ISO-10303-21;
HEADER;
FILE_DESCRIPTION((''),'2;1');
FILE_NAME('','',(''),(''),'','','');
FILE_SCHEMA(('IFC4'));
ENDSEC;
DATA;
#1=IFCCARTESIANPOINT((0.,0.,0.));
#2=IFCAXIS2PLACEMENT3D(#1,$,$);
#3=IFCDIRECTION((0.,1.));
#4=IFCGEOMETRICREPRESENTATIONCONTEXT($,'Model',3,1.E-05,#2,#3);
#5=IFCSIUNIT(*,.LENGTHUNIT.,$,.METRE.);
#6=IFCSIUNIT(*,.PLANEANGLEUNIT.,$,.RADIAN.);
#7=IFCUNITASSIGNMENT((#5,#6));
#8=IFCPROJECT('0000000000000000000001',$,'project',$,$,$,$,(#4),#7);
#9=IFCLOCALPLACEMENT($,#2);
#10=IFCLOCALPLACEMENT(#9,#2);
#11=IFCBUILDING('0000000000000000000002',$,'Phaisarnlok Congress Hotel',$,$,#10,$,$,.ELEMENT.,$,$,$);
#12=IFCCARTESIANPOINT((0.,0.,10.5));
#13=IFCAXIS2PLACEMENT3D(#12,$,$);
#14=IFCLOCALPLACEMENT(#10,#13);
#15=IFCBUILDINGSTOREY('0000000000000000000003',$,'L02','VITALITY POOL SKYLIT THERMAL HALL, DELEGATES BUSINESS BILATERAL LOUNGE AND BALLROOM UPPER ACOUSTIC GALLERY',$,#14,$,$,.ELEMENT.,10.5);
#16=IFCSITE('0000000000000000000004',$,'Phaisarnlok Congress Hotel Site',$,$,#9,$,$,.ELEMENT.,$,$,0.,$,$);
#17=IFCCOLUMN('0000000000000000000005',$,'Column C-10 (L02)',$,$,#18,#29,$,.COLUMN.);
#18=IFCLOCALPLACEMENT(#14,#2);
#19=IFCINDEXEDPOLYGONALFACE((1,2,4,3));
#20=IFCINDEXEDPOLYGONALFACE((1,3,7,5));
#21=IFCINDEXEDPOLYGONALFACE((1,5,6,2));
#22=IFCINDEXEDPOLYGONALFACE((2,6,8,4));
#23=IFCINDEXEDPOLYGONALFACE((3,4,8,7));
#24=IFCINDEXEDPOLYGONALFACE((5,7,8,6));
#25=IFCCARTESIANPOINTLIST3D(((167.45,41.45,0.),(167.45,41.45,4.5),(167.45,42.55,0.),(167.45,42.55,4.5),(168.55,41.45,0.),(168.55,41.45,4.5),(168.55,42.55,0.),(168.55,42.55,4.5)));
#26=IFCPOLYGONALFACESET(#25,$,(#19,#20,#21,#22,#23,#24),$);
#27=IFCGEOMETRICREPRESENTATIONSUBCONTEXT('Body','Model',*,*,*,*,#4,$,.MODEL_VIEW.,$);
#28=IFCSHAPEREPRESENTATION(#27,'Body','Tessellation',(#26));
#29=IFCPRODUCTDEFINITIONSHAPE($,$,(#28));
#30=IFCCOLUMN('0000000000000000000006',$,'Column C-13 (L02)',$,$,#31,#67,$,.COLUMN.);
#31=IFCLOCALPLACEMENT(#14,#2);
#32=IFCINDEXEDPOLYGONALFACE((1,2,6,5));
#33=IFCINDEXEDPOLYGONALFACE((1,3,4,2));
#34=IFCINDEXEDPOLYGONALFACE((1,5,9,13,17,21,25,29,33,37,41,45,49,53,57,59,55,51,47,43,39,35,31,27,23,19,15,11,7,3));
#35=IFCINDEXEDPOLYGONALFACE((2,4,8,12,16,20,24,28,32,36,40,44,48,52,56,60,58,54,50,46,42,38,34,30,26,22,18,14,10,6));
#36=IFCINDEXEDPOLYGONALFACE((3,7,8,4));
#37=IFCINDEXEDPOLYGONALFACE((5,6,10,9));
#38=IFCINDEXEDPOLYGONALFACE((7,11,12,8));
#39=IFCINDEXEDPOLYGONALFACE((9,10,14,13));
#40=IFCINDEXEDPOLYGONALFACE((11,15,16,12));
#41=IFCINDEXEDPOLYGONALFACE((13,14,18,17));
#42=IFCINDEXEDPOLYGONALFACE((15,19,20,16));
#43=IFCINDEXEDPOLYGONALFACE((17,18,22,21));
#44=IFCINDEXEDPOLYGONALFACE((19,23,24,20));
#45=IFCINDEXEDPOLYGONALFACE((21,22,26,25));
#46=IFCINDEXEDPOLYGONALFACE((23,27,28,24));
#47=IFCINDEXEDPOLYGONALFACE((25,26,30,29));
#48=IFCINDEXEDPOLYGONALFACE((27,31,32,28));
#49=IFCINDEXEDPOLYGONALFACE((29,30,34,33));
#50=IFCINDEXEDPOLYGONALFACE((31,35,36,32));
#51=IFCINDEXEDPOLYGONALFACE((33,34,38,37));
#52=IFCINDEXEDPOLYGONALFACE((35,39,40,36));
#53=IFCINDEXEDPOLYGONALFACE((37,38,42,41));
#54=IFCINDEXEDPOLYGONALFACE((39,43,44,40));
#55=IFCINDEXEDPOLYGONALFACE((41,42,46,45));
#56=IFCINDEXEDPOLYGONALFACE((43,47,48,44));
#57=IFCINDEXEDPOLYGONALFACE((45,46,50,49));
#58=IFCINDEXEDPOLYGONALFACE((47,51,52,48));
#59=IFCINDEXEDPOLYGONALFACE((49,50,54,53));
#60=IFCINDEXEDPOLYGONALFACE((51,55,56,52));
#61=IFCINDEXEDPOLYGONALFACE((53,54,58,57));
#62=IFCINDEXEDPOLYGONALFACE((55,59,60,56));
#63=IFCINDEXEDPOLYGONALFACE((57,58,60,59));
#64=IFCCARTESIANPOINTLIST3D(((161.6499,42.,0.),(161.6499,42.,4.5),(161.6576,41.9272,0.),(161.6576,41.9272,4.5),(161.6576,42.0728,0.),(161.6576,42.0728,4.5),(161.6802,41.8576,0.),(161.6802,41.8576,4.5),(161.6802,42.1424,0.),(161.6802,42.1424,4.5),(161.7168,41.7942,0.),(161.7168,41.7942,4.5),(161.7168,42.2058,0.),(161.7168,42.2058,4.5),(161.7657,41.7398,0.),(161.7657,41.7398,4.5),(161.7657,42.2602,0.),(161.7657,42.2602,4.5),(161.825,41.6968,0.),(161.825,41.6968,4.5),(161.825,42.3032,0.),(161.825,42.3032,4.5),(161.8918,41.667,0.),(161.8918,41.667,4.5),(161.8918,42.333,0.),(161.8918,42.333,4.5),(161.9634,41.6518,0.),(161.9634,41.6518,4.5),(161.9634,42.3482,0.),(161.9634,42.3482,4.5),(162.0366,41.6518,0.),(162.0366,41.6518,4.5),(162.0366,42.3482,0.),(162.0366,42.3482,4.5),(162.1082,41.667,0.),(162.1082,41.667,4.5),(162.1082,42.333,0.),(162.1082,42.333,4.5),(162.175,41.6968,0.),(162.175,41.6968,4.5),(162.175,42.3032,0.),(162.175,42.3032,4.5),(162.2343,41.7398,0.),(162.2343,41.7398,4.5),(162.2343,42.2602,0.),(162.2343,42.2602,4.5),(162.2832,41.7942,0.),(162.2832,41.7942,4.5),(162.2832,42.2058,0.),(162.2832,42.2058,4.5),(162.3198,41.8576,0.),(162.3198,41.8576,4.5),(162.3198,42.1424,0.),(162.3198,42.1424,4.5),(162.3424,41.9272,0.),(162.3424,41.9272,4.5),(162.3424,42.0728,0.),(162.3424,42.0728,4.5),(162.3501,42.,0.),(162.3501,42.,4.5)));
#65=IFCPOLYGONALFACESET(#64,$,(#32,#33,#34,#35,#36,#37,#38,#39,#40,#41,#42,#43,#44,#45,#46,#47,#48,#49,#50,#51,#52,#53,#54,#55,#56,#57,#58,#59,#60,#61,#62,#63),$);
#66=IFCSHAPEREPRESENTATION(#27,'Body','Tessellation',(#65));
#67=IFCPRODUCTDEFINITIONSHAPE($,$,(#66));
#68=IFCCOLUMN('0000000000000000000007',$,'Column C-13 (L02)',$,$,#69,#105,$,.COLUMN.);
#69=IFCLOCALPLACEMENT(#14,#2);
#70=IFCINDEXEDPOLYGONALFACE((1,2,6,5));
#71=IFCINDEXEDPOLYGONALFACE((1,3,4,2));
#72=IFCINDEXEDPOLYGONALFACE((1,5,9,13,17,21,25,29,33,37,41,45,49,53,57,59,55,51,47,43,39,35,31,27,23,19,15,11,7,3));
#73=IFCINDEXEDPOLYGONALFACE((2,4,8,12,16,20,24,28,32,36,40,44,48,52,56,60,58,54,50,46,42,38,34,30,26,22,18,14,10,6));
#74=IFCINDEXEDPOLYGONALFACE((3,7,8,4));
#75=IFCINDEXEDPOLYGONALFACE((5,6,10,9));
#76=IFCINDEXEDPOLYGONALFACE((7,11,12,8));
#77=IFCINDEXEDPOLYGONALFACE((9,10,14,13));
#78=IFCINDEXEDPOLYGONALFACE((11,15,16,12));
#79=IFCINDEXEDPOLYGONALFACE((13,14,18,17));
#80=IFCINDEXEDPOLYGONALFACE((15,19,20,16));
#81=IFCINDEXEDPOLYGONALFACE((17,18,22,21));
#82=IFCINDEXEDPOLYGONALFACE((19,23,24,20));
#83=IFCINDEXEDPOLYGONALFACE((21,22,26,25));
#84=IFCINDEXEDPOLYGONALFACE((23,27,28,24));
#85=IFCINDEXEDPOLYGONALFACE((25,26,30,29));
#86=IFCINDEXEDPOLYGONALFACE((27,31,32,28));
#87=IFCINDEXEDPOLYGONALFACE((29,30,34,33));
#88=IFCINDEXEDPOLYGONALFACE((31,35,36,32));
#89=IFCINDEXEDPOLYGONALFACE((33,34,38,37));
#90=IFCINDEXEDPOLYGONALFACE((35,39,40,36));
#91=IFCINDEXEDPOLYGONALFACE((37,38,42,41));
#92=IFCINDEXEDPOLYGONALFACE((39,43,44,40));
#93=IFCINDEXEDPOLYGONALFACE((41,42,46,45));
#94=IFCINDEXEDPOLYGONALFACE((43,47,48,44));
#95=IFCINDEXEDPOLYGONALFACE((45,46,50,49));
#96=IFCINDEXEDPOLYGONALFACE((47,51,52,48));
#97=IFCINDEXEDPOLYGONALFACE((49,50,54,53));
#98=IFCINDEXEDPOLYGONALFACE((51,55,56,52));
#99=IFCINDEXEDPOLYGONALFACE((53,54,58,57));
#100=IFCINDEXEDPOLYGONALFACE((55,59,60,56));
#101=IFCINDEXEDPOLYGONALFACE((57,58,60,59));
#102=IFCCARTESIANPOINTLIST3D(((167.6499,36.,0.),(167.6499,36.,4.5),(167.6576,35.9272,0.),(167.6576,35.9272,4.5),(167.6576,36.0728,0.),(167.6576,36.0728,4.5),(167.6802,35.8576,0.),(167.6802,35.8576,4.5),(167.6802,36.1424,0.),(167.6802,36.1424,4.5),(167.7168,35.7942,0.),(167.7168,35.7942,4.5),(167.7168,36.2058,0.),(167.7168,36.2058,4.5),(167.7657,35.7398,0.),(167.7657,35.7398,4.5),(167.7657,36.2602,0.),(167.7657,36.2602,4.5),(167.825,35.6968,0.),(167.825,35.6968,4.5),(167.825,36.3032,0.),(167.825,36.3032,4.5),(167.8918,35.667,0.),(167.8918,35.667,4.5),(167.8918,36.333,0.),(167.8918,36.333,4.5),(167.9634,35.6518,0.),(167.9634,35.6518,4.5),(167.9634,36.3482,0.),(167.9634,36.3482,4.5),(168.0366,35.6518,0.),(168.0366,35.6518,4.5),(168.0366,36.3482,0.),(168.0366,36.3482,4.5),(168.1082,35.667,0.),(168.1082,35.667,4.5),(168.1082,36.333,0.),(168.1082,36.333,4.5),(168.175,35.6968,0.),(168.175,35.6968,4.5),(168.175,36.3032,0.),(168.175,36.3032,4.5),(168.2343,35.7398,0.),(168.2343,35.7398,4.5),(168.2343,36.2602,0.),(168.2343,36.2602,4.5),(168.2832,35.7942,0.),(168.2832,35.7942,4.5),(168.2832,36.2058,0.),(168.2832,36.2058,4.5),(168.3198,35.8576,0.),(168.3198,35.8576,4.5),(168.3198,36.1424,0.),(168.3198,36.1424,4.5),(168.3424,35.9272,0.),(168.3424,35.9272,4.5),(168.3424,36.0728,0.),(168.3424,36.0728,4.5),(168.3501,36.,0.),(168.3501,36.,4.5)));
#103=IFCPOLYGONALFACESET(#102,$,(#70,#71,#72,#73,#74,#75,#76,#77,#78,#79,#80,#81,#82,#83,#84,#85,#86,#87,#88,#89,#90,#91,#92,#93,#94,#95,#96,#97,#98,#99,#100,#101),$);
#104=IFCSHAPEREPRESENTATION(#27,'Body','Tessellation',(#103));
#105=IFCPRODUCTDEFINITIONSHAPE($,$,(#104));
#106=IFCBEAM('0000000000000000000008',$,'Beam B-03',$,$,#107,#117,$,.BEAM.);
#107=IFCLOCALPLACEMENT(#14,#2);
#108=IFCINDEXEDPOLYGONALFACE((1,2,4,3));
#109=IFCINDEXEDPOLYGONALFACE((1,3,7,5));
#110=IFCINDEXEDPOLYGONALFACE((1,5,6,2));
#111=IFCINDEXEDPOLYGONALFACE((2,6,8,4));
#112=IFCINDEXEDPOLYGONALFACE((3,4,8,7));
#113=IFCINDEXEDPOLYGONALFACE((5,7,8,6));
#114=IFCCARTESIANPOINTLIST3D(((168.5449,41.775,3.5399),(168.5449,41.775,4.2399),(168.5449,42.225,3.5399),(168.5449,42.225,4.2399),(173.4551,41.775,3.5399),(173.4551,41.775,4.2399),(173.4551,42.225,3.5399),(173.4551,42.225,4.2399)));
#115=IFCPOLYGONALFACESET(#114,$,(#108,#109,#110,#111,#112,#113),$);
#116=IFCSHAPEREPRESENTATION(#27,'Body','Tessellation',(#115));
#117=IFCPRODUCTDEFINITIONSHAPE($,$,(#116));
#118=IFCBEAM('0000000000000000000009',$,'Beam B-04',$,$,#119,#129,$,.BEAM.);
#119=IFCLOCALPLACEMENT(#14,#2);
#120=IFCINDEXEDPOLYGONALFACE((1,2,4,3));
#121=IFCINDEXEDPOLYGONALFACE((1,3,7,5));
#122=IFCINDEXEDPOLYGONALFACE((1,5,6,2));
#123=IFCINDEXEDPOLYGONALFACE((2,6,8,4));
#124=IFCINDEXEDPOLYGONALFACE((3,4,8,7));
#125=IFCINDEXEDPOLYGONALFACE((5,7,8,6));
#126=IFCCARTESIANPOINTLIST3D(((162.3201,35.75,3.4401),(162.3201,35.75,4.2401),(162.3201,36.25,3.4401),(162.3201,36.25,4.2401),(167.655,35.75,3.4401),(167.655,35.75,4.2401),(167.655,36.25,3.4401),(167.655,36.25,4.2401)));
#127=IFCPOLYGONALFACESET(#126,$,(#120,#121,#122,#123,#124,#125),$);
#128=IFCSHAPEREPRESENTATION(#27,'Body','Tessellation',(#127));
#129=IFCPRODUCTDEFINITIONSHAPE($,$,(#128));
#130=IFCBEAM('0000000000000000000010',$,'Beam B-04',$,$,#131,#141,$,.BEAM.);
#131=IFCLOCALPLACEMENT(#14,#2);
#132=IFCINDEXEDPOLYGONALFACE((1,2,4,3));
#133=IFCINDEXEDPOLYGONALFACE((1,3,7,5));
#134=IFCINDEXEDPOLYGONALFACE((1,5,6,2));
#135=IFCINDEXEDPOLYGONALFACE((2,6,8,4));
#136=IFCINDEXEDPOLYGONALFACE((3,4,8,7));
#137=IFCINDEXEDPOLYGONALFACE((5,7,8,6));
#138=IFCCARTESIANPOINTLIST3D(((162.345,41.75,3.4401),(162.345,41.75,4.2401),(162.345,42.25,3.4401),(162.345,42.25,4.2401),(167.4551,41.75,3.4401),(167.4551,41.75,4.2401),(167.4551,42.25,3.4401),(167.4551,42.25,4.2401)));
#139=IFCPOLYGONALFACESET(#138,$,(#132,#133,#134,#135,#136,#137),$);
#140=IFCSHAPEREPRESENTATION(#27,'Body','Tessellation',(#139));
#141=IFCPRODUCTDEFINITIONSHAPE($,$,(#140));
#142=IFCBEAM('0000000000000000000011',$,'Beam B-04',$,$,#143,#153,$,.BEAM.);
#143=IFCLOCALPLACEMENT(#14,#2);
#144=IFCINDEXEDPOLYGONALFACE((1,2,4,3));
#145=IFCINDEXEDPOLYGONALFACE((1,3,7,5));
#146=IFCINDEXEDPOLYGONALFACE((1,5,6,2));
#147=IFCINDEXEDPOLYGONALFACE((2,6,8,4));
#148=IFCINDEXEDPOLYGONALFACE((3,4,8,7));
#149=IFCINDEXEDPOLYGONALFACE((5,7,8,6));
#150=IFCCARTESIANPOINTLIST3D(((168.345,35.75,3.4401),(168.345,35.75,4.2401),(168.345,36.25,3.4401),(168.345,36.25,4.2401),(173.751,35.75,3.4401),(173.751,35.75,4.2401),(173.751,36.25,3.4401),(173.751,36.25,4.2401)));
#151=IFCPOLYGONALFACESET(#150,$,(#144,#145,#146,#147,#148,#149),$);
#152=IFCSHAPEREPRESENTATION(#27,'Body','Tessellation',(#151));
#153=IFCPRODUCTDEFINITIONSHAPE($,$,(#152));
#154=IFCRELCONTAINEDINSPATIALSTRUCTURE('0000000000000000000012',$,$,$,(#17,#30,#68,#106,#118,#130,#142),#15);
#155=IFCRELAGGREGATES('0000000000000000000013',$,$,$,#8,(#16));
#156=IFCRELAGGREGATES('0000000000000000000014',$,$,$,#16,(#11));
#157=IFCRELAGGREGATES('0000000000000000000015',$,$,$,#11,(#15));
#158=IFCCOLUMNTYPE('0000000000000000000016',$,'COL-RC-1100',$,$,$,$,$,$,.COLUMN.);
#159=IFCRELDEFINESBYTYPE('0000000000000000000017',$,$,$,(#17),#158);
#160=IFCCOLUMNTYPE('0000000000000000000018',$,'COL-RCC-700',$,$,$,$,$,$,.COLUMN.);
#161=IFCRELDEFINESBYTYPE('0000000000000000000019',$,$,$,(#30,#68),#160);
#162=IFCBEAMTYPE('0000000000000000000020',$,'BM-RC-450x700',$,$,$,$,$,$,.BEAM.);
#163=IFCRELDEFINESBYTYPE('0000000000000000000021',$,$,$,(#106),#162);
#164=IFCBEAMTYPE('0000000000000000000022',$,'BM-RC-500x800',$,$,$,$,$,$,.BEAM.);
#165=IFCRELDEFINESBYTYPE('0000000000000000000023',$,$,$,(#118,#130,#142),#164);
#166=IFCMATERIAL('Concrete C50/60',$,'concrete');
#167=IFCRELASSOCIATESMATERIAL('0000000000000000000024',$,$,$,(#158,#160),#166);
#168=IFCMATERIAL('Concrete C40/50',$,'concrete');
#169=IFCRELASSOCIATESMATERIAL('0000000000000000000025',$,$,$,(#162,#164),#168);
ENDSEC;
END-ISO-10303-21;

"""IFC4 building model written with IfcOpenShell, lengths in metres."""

from ifc_helpers import new_model, si_unit, direction, frame, origin, origin_2d, place, context, subcontext, project, spatial, rectangle, circle, extrude, material, material_profile, profile_set, type_object, element, save


model = new_model("IFC4")

# Units and contexts
model_context = context("Model", 3, precision=1e-05, world=origin(), true_north=direction((0.0, 1.0)))
body_context = subcontext(model_context, "Body", "Model", "MODEL_VIEW")
ifc_project = project(units=[si_unit("LENGTHUNIT", "METRE"), si_unit("PLANEANGLEUNIT", "RADIAN")], contexts=[model_context])

# Site, building, storey
site_placement = place(None, origin())
site = spatial("IfcSite", under=ifc_project, at=site_placement, Name="Phaisarnlok Congress Hotel Site", CompositionType="ELEMENT", RefElevation=0.0)
building_placement = place(site_placement, origin())
building = spatial("IfcBuilding", under=site, at=building_placement, Name="Phaisarnlok Congress Hotel", CompositionType="ELEMENT")
storey_placement = place(building_placement, frame((0.0, 0.0, 10.5)))
storey = spatial("IfcBuildingStorey", under=building, at=storey_placement, Name="L02", Description="VITALITY POOL SKYLIT THERMAL HALL, DELEGATES BUSINESS BILATERAL LOUNGE AND BALLROOM UPPER ACOUSTIC GALLERY", CompositionType="ELEMENT", Elevation=10.5)

# Columns
ifc_material_1 = material(Name="Concrete C50/60", Category="concrete")
ifc_material_profile_1 = material_profile(ifc_material_1, rectangle(XDim=1.1001, YDim=1.1001, at=origin_2d()), Name="RC 1100x1100")
ifc_profile_set_1 = profile_set([ifc_material_profile_1], Name="Concrete C50/60")
column_type_1 = type_object("IfcColumnType", Name="COL-RC-1100", PredefinedType="COLUMN", material=ifc_profile_set_1)
column_placement = place(storey_placement, frame((168.0, 42.0, 0.0), z_axis=(0.0, 0.0, 1.0), x_axis=(1.0, 0.0, 0.0)))
element("IfcColumn", 1, at=column_placement, inside=storey, type_object=column_type_1, Name="Column C-10 (L02)", PredefinedType="COLUMN", context=body_context, shape_type="SweptSolid", body=[
    extrude(rectangle(XDim=1.1001, YDim=1.1001, at=origin_2d()), origin(), (0.0, 0.0, 1.0), 4.5),
])
ifc_material_profile_2 = material_profile(ifc_material_1, circle(Radius=0.3501, at=origin_2d()), Name="RCC D700")
ifc_profile_set_2 = profile_set([ifc_material_profile_2], Name="Concrete C50/60")
column_type_2 = type_object("IfcColumnType", Name="COL-RCC-700", PredefinedType="COLUMN", material=ifc_profile_set_2)
for number, where, z_axis, x_axis, name in (
    (2, (162.0, 42.0, 0.0), (0.0, 0.0, 1.0), (1.0, 0.0, 0.0), "Column C-13 (L02)"),
    (3, (168.0, 36.0, 0.0), (0.0, 0.0, 1.0), (1.0, 0.0, 0.0), "Column C-13 (L02)"),
):
    element("IfcColumn", number, at=place(storey_placement, frame(where, z_axis=z_axis, x_axis=x_axis)), inside=storey, type_object=column_type_2, Name=name, PredefinedType="COLUMN", context=body_context, shape_type="SweptSolid", body=[
        extrude(circle(Radius=0.3501, at=origin_2d()), origin(), (0.0, 0.0, 1.0), 4.5),
    ])

# Beams
ifc_material_2 = material(Name="Concrete C40/50", Category="concrete")
ifc_material_profile_3 = material_profile(ifc_material_2, rectangle(XDim=0.45, YDim=0.7, at=origin_2d()), Name="RC 450x700")
ifc_profile_set_3 = profile_set([ifc_material_profile_3], Name="Concrete C40/50")
beam_type_1 = type_object("IfcBeamType", Name="BM-RC-450x700", PredefinedType="BEAM", material=ifc_profile_set_3)
beam_1_placement = place(storey_placement, frame((168.5449, 42.0, 3.8899), z_axis=(1.0, 0.0, 0.0), x_axis=(0.0, 1.0, 0.0)))
element("IfcBeam", 4, at=beam_1_placement, inside=storey, type_object=beam_type_1, Name="Beam B-03", PredefinedType="BEAM", context=body_context, shape_type="SweptSolid", body=[
    extrude(rectangle(XDim=0.45, YDim=0.7, at=origin_2d()), origin(), (0.0, 0.0, 1.0), 4.9102),
])
ifc_material_profile_4 = material_profile(ifc_material_2, rectangle(XDim=0.5, YDim=0.8, at=origin_2d()), Name="RC 500x800")
ifc_profile_set_4 = profile_set([ifc_material_profile_4], Name="Concrete C40/50")
beam_type_2 = type_object("IfcBeamType", Name="BM-RC-500x800", PredefinedType="BEAM", material=ifc_profile_set_4)
beam_2_placement = place(storey_placement, frame((162.3201, 36.0, 3.8401), z_axis=(1.0, 0.0, 0.0), x_axis=(0.0, 1.0, 0.0)))
element("IfcBeam", 5, at=beam_2_placement, inside=storey, type_object=beam_type_2, Name="Beam B-04", PredefinedType="BEAM", context=body_context, shape_type="SweptSolid", body=[
    extrude(rectangle(XDim=0.5, YDim=0.8, at=origin_2d()), origin(), (0.0, 0.0, 1.0), 5.335),
])
beam_3_placement = place(storey_placement, frame((162.345, 42.0, 3.8401), z_axis=(1.0, 0.0, 0.0), x_axis=(0.0, 1.0, 0.0)))
element("IfcBeam", 6, at=beam_3_placement, inside=storey, type_object=beam_type_2, Name="Beam B-04", PredefinedType="BEAM", context=body_context, shape_type="SweptSolid", body=[
    extrude(rectangle(XDim=0.5, YDim=0.8, at=origin_2d()), origin(), (0.0, 0.0, 1.0), 5.1101),
])
beam_4_placement = place(storey_placement, frame((168.345, 36.0, 3.8401), z_axis=(1.0, 0.0, 0.0), x_axis=(0.0, 1.0, 0.0)))
element("IfcBeam", 7, at=beam_4_placement, inside=storey, type_object=beam_type_2, Name="Beam B-04", PredefinedType="BEAM", context=body_context, shape_type="SweptSolid", body=[
    extrude(rectangle(XDim=0.5, YDim=0.8, at=origin_2d()), origin(), (0.0, 0.0, 1.0), 5.406),
])

save(model, "model.ifc")
